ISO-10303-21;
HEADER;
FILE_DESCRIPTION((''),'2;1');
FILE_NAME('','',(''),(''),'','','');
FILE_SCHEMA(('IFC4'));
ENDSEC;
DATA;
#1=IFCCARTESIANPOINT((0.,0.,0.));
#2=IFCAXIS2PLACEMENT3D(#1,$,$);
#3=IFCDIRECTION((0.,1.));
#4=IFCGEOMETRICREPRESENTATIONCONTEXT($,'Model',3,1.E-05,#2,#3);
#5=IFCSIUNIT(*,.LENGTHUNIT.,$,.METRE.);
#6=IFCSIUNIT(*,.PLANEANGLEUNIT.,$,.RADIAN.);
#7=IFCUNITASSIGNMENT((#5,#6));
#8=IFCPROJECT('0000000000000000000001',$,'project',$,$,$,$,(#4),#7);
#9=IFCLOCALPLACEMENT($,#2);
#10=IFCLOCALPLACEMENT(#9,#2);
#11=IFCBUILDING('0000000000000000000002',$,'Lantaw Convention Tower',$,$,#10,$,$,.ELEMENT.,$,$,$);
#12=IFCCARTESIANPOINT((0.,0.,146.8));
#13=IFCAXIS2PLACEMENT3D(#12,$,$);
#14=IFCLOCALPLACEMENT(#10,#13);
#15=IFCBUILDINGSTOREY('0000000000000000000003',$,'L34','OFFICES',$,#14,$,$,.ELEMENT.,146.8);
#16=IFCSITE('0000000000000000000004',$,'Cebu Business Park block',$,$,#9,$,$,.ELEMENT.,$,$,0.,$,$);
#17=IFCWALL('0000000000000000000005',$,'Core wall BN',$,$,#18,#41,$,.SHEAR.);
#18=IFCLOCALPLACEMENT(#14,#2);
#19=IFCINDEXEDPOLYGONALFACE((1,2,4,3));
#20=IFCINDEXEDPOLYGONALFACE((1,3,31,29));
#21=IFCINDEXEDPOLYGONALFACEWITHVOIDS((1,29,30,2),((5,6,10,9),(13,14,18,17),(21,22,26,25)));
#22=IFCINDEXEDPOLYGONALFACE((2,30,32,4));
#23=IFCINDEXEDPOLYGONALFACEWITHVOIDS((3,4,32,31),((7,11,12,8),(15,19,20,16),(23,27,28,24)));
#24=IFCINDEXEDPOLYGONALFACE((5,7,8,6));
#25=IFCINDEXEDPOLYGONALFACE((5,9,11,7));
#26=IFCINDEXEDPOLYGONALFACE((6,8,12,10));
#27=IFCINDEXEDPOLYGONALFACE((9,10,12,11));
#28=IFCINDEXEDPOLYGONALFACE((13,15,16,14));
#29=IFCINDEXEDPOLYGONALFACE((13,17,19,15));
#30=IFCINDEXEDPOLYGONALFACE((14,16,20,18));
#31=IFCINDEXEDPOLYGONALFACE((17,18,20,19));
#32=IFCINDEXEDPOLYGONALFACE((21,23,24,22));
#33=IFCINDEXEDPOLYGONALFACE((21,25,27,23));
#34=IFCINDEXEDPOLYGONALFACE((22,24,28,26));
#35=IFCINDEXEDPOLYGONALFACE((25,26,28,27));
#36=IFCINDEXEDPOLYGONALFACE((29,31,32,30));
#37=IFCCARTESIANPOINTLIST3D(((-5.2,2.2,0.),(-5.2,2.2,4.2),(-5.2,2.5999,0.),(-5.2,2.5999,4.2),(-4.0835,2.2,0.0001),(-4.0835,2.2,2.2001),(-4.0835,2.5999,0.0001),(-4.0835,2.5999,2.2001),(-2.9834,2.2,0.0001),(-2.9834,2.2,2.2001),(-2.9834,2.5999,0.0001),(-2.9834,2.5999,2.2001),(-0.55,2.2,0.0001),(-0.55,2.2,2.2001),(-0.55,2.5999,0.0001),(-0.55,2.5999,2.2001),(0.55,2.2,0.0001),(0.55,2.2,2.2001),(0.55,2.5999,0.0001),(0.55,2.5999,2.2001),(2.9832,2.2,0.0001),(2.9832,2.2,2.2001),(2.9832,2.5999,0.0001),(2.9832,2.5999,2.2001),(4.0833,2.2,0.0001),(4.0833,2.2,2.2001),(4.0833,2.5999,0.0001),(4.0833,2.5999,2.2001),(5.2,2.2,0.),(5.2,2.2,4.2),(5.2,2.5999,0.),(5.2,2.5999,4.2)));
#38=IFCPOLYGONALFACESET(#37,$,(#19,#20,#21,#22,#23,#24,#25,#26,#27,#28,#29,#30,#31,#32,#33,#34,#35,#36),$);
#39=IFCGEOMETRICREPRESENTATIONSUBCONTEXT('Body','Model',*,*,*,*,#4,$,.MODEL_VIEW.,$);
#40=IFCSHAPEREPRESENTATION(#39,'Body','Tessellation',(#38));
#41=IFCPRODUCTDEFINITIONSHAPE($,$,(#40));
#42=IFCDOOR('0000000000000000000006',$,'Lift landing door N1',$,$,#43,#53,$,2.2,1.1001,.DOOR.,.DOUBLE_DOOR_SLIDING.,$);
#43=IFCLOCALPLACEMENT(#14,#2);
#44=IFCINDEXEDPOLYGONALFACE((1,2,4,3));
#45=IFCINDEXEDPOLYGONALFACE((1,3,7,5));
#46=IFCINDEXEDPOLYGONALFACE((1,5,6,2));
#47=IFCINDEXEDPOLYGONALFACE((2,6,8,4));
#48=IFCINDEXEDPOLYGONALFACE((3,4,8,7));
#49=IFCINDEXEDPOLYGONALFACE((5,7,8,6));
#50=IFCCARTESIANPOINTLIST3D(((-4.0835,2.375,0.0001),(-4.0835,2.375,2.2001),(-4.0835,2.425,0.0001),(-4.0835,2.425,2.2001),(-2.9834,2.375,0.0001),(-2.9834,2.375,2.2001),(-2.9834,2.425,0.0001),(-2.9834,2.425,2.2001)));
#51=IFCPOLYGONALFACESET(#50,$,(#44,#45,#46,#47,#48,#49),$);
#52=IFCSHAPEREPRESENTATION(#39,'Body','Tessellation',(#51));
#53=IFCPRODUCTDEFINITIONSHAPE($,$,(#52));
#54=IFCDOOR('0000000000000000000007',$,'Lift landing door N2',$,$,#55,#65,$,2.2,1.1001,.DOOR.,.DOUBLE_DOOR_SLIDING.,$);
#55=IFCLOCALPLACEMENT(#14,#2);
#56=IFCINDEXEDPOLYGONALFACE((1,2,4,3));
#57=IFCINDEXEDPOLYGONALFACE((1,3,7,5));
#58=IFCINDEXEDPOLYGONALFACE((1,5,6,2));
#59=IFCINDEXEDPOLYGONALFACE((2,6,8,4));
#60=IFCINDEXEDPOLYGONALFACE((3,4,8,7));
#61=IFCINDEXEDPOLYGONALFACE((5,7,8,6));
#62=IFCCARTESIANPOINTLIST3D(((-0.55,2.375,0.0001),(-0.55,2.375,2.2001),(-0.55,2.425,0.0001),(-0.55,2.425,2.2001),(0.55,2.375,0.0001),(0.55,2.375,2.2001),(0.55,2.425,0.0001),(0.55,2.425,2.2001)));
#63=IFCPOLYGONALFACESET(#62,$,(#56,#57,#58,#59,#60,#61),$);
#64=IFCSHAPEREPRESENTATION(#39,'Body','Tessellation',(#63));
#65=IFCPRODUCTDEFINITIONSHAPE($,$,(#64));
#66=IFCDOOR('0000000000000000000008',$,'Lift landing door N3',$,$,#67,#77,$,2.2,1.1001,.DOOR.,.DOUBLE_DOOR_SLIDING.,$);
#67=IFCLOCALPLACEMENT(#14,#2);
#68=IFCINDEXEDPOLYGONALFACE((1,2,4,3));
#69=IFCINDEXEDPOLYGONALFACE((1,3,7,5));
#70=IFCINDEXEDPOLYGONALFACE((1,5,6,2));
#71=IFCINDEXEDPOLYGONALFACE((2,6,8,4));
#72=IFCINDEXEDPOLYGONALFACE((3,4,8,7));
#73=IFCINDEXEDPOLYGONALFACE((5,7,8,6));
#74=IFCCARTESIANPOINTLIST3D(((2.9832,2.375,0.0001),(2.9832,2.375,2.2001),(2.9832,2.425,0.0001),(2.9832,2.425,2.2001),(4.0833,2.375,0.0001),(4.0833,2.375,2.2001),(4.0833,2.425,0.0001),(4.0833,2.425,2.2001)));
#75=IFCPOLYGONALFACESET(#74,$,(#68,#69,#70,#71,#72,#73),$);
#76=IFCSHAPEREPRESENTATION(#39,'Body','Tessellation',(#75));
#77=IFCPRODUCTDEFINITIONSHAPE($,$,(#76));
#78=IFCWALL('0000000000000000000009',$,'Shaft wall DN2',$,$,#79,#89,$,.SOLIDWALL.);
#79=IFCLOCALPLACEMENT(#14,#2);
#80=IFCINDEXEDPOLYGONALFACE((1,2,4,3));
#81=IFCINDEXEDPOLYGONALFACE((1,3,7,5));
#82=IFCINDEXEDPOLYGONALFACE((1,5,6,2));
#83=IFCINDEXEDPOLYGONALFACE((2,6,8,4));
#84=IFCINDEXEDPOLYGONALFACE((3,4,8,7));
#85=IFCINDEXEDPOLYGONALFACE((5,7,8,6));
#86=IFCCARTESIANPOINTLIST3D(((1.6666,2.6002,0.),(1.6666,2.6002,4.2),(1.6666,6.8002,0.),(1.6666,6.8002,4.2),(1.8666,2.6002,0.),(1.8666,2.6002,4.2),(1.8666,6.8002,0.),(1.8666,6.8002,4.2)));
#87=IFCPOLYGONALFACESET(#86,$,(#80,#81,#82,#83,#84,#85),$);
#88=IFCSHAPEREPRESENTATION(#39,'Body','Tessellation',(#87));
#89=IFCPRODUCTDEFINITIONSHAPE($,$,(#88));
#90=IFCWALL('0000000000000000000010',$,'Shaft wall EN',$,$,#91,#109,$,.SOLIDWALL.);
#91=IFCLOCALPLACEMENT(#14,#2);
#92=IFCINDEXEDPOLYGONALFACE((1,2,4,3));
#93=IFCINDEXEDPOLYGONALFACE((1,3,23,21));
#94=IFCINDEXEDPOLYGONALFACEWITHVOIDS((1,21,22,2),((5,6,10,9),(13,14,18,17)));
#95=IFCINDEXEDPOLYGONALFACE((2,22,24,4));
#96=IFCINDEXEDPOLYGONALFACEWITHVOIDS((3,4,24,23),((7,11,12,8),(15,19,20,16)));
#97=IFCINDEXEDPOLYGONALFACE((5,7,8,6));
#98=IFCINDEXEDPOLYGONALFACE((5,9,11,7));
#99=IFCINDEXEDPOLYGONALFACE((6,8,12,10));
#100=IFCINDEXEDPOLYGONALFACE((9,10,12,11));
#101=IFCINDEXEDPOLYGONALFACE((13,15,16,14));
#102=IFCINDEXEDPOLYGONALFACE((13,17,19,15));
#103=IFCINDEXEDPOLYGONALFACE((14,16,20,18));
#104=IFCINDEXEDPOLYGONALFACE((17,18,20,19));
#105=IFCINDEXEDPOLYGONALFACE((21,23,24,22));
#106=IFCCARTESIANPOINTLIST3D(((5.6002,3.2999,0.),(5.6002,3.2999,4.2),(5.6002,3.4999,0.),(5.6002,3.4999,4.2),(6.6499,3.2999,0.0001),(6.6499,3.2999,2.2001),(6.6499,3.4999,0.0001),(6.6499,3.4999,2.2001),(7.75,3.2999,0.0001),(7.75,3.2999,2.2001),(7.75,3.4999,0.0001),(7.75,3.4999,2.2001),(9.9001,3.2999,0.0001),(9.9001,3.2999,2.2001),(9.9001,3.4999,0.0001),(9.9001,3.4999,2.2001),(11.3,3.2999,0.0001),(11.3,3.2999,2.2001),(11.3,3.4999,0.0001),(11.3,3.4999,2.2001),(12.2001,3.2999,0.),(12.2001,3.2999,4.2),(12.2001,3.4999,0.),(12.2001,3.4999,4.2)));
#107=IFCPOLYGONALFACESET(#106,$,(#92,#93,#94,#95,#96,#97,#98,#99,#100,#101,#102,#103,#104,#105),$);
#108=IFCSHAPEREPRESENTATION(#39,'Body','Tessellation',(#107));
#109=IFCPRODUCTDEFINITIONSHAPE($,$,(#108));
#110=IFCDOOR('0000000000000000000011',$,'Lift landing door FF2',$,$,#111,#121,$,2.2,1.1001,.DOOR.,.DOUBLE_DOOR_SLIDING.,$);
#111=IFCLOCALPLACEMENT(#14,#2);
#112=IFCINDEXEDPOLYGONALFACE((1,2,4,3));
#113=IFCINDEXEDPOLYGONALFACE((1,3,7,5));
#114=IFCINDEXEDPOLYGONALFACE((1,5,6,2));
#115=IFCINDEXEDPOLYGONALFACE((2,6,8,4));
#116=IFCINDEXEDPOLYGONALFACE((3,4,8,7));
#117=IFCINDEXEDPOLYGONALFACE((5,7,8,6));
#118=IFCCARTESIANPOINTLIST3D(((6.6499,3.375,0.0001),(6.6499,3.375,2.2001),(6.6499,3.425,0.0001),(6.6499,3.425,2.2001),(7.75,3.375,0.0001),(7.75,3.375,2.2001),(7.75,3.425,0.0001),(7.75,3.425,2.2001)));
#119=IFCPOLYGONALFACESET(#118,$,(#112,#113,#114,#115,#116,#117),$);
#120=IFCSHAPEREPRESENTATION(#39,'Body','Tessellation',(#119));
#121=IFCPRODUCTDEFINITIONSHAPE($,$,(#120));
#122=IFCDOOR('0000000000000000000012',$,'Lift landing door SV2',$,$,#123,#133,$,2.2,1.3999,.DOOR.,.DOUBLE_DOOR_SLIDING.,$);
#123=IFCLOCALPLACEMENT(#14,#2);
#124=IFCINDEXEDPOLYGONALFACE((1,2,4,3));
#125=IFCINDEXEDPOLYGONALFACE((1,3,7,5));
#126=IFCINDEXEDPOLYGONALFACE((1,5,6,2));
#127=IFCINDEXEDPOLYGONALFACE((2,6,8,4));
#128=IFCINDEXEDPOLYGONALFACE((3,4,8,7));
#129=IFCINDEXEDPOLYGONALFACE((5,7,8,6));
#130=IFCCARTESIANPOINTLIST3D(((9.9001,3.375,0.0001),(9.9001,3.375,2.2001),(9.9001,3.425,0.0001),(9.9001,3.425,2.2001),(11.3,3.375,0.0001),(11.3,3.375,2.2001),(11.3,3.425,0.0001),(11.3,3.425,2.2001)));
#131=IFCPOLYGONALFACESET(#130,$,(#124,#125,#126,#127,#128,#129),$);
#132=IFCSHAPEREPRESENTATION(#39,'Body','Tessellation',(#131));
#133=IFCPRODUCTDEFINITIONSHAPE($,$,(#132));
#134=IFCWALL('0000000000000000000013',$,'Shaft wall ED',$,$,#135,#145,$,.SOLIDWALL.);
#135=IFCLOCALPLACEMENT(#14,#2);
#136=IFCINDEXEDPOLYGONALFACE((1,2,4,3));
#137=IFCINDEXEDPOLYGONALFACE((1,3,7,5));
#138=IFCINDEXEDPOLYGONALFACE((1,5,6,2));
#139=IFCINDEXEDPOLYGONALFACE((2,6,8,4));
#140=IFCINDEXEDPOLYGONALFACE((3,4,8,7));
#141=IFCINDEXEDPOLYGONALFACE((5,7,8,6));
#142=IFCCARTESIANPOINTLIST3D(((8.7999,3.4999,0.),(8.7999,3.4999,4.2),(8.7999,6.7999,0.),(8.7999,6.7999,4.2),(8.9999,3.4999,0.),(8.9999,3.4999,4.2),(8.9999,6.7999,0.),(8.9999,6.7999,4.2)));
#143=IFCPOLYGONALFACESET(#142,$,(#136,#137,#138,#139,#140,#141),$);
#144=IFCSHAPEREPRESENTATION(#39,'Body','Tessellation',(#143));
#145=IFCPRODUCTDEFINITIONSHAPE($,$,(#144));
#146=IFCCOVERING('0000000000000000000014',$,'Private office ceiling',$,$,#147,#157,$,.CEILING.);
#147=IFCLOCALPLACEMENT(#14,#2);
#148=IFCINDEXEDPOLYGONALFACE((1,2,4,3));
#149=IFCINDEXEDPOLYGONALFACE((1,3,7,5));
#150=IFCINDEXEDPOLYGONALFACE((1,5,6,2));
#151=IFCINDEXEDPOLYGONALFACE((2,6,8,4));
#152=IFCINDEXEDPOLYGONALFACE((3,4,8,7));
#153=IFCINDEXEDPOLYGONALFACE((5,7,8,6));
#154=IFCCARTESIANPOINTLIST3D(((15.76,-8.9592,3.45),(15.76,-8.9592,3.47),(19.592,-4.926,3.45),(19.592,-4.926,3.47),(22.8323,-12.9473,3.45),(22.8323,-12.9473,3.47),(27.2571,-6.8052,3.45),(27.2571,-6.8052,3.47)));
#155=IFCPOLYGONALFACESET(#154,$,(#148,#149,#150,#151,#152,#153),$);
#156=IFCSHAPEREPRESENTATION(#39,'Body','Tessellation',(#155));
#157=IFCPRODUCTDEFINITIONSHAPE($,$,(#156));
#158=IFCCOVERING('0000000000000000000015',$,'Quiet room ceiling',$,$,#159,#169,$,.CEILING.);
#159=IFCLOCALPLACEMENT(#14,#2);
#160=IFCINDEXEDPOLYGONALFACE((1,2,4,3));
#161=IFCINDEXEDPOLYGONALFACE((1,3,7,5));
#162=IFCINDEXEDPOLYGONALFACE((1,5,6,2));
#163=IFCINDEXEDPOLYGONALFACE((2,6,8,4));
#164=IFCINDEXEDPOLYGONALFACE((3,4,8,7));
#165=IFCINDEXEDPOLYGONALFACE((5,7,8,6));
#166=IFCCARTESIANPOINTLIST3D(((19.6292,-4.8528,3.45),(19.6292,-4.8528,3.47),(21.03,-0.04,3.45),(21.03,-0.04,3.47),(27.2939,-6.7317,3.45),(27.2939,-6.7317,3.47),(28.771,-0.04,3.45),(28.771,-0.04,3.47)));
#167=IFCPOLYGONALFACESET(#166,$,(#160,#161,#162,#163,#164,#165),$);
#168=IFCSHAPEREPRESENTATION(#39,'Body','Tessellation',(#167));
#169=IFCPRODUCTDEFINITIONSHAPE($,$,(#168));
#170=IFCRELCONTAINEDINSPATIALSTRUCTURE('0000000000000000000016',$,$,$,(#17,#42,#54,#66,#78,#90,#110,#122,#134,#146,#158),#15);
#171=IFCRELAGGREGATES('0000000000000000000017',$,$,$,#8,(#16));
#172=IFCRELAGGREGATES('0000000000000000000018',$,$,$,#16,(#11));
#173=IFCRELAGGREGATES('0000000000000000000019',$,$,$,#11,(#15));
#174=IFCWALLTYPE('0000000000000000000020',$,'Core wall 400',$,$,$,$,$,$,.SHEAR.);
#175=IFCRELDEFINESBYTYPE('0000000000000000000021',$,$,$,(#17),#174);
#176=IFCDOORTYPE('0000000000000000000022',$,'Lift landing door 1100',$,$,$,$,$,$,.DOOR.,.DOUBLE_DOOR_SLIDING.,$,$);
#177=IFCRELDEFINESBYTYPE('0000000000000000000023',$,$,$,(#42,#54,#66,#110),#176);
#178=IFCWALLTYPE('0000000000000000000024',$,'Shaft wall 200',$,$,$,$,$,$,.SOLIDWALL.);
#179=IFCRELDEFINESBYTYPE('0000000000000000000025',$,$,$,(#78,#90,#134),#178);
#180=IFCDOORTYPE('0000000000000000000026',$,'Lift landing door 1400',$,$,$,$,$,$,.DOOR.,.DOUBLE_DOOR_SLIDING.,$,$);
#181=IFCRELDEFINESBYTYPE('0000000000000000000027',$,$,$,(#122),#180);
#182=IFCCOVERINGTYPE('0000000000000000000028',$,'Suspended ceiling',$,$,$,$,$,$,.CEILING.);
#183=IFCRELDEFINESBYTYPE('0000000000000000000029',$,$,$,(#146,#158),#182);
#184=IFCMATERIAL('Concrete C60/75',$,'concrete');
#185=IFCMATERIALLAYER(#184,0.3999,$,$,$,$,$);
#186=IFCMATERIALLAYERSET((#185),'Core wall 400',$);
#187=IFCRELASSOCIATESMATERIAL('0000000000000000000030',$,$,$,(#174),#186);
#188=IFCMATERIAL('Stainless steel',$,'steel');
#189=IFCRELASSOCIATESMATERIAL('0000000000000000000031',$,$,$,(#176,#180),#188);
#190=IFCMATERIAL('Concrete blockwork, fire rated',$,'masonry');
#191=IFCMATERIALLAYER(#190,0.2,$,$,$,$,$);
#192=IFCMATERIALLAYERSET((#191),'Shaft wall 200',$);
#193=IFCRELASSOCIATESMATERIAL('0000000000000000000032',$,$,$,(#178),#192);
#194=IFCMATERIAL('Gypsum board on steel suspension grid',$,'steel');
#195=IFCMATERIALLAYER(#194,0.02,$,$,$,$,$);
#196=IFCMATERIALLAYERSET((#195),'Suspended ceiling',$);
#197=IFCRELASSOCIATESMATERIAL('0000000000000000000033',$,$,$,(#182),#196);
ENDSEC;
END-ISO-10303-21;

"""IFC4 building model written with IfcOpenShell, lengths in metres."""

from ifc_helpers import new_model, si_unit, direction, frame, frame_2d, origin, place, context, subcontext, project, spatial, polyline, rectangle, outline, extrude, material, layer, layer_set, type_object, element, fill, save


model = new_model("IFC4")

# Units and contexts
model_context = context("Model", 3, precision=1e-05, world=origin(), true_north=direction((0.0, 1.0)))
body_context = subcontext(model_context, "Body", "Model", "MODEL_VIEW")
ifc_project = project(units=[si_unit("LENGTHUNIT", "METRE"), si_unit("PLANEANGLEUNIT", "RADIAN")], contexts=[model_context])

# Site, building, storey
site_placement = place(None, origin())
site = spatial("IfcSite", under=ifc_project, at=site_placement, Name="Cebu Business Park block", CompositionType="ELEMENT", RefElevation=0.0)
building_placement = place(site_placement, origin())
building = spatial("IfcBuilding", under=site, at=building_placement, Name="Lantaw Convention Tower", CompositionType="ELEMENT")
storey_placement = place(building_placement, frame((0.0, 0.0, 146.8)))
storey = spatial("IfcBuildingStorey", under=building, at=storey_placement, Name="L34", Description="OFFICES", CompositionType="ELEMENT", Elevation=146.8)

# Wall, openings, doors
ifc_material_1 = material(Name="Concrete C60/75", Category="concrete")
ifc_layer_1 = layer(ifc_material_1, 0.3999)
ifc_layer_set_1 = layer_set([ifc_layer_1], Name="Core wall 400")
wall_type_1 = type_object("IfcWallType", Name="Core wall 400", PredefinedType="SHEAR", material=ifc_layer_set_1)
wall_1_placement = place(storey_placement, frame((5.2, 2.3999, 0.0), z_axis=(0.0, 0.0, 1.0), x_axis=(-1.0, 0.0, 0.0)))
wall_1 = element("IfcWall", 1, at=wall_1_placement, inside=storey, type_object=wall_type_1, Name="Core wall BN", PredefinedType="SHEAR", context=body_context, shape_type="SweptSolid", body=[
    extrude(rectangle(XDim=10.3999, YDim=0.3999, at=frame_2d((5.2, 0.0))), origin(), (0.0, 0.0, 1.0), 4.2),
])
opening_1_placement = place(wall_1_placement, frame((8.1833, 0.0, 0.0)))
opening_1 = element("IfcOpeningElement", 2, at=opening_1_placement, cuts=wall_1, PredefinedType="OPENING", context=body_context, shape_type="SweptSolid", body=[
    extrude(rectangle(XDim=1.1001, YDim=2.2, at=frame_2d((0.55, 1.1001))), frame((0.0, 0.21, 0.0), z_axis=(0.0, -1.0, 0.0), x_axis=(1.0, 0.0, 0.0)), (0.0, 0.0, 1.0), 0.4199),
])
opening_2_placement = place(wall_1_placement, frame((4.6499, 0.0, 0.0)))
opening_2 = element("IfcOpeningElement", 3, at=opening_2_placement, cuts=wall_1, PredefinedType="OPENING", context=body_context, shape_type="SweptSolid", body=[
    extrude(rectangle(XDim=1.1001, YDim=2.2, at=frame_2d((0.55, 1.1001))), frame((0.0, 0.21, 0.0), z_axis=(0.0, -1.0, 0.0), x_axis=(1.0, 0.0, 0.0)), (0.0, 0.0, 1.0), 0.4199),
])
opening_3_placement = place(wall_1_placement, frame((1.1167, 0.0, 0.0)))
opening_3 = element("IfcOpeningElement", 4, at=opening_3_placement, cuts=wall_1, PredefinedType="OPENING", context=body_context, shape_type="SweptSolid", body=[
    extrude(rectangle(XDim=1.1001, YDim=2.2, at=frame_2d((0.55, 1.1001))), frame((0.0, 0.21, 0.0), z_axis=(0.0, -1.0, 0.0), x_axis=(1.0, 0.0, 0.0)), (0.0, 0.0, 1.0), 0.4199),
])
ifc_material_2 = material(Name="Stainless steel", Category="steel")
door_type_1 = type_object("IfcDoorType", Name="Lift landing door 1100", OperationType="DOUBLE_DOOR_SLIDING", PredefinedType="DOOR", material=ifc_material_2)
door_1_placement = place(opening_1_placement, origin())
door_1 = element("IfcDoor", 5, at=door_1_placement, inside=storey, type_object=door_type_1, Name="Lift landing door N1", OperationType="DOUBLE_DOOR_SLIDING", OverallHeight=2.2, OverallWidth=1.1001, PredefinedType="DOOR", context=body_context, shape_type="SweptSolid", body=[
    extrude(rectangle(XDim=1.1001, YDim=2.2, at=frame_2d((0.55, 1.1001))), frame((0.0, 0.0249, 0.0), z_axis=(0.0, -1.0, 0.0), x_axis=(1.0, 0.0, 0.0)), (0.0, 0.0, 1.0), 0.05),
])
fill(opening_1, door_1)
door_2_placement = place(opening_2_placement, origin())
door_2 = element("IfcDoor", 6, at=door_2_placement, inside=storey, type_object=door_type_1, Name="Lift landing door N2", OperationType="DOUBLE_DOOR_SLIDING", OverallHeight=2.2, OverallWidth=1.1001, PredefinedType="DOOR", context=body_context, shape_type="SweptSolid", body=[
    extrude(rectangle(XDim=1.1001, YDim=2.2, at=frame_2d((0.55, 1.1001))), frame((0.0, 0.0249, 0.0), z_axis=(0.0, -1.0, 0.0), x_axis=(1.0, 0.0, 0.0)), (0.0, 0.0, 1.0), 0.05),
])
fill(opening_2, door_2)
door_3_placement = place(opening_3_placement, origin())
door_3 = element("IfcDoor", 7, at=door_3_placement, inside=storey, type_object=door_type_1, Name="Lift landing door N3", OperationType="DOUBLE_DOOR_SLIDING", OverallHeight=2.2, OverallWidth=1.1001, PredefinedType="DOOR", context=body_context, shape_type="SweptSolid", body=[
    extrude(rectangle(XDim=1.1001, YDim=2.2, at=frame_2d((0.55, 1.1001))), frame((0.0, 0.0249, 0.0), z_axis=(0.0, -1.0, 0.0), x_axis=(1.0, 0.0, 0.0)), (0.0, 0.0, 1.0), 0.05),
])
fill(opening_3, door_3)

# Wall
ifc_material_3 = material(Name="Concrete blockwork, fire rated", Category="masonry")
ifc_layer_2 = layer(ifc_material_3, 0.2)
ifc_layer_set_2 = layer_set([ifc_layer_2], Name="Shaft wall 200")
wall_type_2 = type_object("IfcWallType", Name="Shaft wall 200", PredefinedType="SOLIDWALL", material=ifc_layer_set_2)
wall_2_placement = place(storey_placement, frame((1.7666, 2.6001, 0.0), z_axis=(0.0, 0.0, 1.0), x_axis=(0.0, 1.0, 0.0)))
element("IfcWall", 8, at=wall_2_placement, inside=storey, type_object=wall_type_2, Name="Shaft wall DN2", PredefinedType="SOLIDWALL", context=body_context, shape_type="SweptSolid", body=[
    extrude(rectangle(XDim=4.2, YDim=0.2, at=frame_2d((2.1001, 0.0))), origin(), (0.0, 0.0, 1.0), 4.2),
])

# Wall, openings, doors
wall_3_placement = place(storey_placement, frame((12.2, 3.3999, 0.0), z_axis=(0.0, 0.0, 1.0), x_axis=(-1.0, 0.0, 0.0)))
wall_3 = element("IfcWall", 9, at=wall_3_placement, inside=storey, type_object=wall_type_2, Name="Shaft wall EN", PredefinedType="SOLIDWALL", context=body_context, shape_type="SweptSolid", body=[
    extrude(rectangle(XDim=6.5999, YDim=0.2, at=frame_2d((3.2998, 0.0))), origin(), (0.0, 0.0, 1.0), 4.2),
])
opening_4_placement = place(wall_3_placement, frame((4.45, 0.0, 0.0)))
opening_4 = element("IfcOpeningElement", 10, at=opening_4_placement, cuts=wall_3, PredefinedType="OPENING", context=body_context, shape_type="SweptSolid", body=[
    extrude(rectangle(XDim=1.1001, YDim=2.2, at=frame_2d((0.55, 1.1001))), frame((0.0, 0.1099, 0.0), z_axis=(0.0, -1.0, 0.0), x_axis=(1.0, 0.0, 0.0)), (0.0, 0.0, 1.0), 0.22),
])
opening_5_placement = place(wall_3_placement, frame((0.8999, 0.0, 0.0)))
opening_5 = element("IfcOpeningElement", 11, at=opening_5_placement, cuts=wall_3, PredefinedType="OPENING", context=body_context, shape_type="SweptSolid", body=[
    extrude(rectangle(XDim=1.3999, YDim=2.2, at=frame_2d((0.7, 1.1001))), frame((0.0, 0.1099, 0.0), z_axis=(0.0, -1.0, 0.0), x_axis=(1.0, 0.0, 0.0)), (0.0, 0.0, 1.0), 0.22),
])
door_4_placement = place(opening_4_placement, origin())
door_4 = element("IfcDoor", 12, at=door_4_placement, inside=storey, type_object=door_type_1, Name="Lift landing door FF2", OperationType="DOUBLE_DOOR_SLIDING", OverallHeight=2.2, OverallWidth=1.1001, PredefinedType="DOOR", context=body_context, shape_type="SweptSolid", body=[
    extrude(rectangle(XDim=1.1001, YDim=2.2, at=frame_2d((0.55, 1.1001))), frame((0.0, 0.0249, 0.0), z_axis=(0.0, -1.0, 0.0), x_axis=(1.0, 0.0, 0.0)), (0.0, 0.0, 1.0), 0.05),
])
fill(opening_4, door_4)
door_type_2 = type_object("IfcDoorType", Name="Lift landing door 1400", OperationType="DOUBLE_DOOR_SLIDING", PredefinedType="DOOR", material=ifc_material_2)
door_5_placement = place(opening_5_placement, origin())
door_5 = element("IfcDoor", 13, at=door_5_placement, inside=storey, type_object=door_type_2, Name="Lift landing door SV2", OperationType="DOUBLE_DOOR_SLIDING", OverallHeight=2.2, OverallWidth=1.3999, PredefinedType="DOOR", context=body_context, shape_type="SweptSolid", body=[
    extrude(rectangle(XDim=1.3999, YDim=2.2, at=frame_2d((0.7, 1.1001))), frame((0.0, 0.0249, 0.0), z_axis=(0.0, -1.0, 0.0), x_axis=(1.0, 0.0, 0.0)), (0.0, 0.0, 1.0), 0.05),
])
fill(opening_5, door_5)

# Wall
wall_4_placement = place(storey_placement, frame((8.8999, 3.5, 0.0), z_axis=(0.0, 0.0, 1.0), x_axis=(0.0, 1.0, 0.0)))
element("IfcWall", 14, at=wall_4_placement, inside=storey, type_object=wall_type_2, Name="Shaft wall ED", PredefinedType="SOLIDWALL", context=body_context, shape_type="SweptSolid", body=[
    extrude(rectangle(XDim=3.3, YDim=0.2, at=frame_2d((1.6499, 0.0))), origin(), (0.0, 0.0, 1.0), 4.2),
])

# Coverings
ifc_material_4 = material(Name="Gypsum board on steel suspension grid", Category="steel")
ifc_layer_3 = layer(ifc_material_4, 0.02)
ifc_layer_set_3 = layer_set([ifc_layer_3], Name="Suspended ceiling")
covering_type = type_object("IfcCoveringType", Name="Suspended ceiling", PredefinedType="CEILING", material=ifc_layer_set_3)
covering_1_placement = place(storey_placement, frame((0.0, 0.0, 3.45)))
element("IfcCovering", 15, at=covering_1_placement, inside=storey, type_object=covering_type, Name="Private office ceiling", PredefinedType="CEILING", context=body_context, shape_type="SweptSolid", body=[
    extrude(outline(polyline([(15.76, -8.9592), (22.8323, -12.9473), (27.2571, -6.8052), (19.592, -4.926), (15.76, -8.9592)])), origin(), (0.0, 0.0, 1.0), 0.02),
])
covering_2_placement = place(storey_placement, frame((0.0, 0.0, 3.45)))
element("IfcCovering", 16, at=covering_2_placement, inside=storey, type_object=covering_type, Name="Quiet room ceiling", PredefinedType="CEILING", context=body_context, shape_type="SweptSolid", body=[
    extrude(outline(polyline([(19.6292, -4.8528), (27.2939, -6.7317), (28.771, -0.04), (21.03, -0.04), (19.6292, -4.8528)])), origin(), (0.0, 0.0, 1.0), 0.02),
])

save(model, "model.ifc")
